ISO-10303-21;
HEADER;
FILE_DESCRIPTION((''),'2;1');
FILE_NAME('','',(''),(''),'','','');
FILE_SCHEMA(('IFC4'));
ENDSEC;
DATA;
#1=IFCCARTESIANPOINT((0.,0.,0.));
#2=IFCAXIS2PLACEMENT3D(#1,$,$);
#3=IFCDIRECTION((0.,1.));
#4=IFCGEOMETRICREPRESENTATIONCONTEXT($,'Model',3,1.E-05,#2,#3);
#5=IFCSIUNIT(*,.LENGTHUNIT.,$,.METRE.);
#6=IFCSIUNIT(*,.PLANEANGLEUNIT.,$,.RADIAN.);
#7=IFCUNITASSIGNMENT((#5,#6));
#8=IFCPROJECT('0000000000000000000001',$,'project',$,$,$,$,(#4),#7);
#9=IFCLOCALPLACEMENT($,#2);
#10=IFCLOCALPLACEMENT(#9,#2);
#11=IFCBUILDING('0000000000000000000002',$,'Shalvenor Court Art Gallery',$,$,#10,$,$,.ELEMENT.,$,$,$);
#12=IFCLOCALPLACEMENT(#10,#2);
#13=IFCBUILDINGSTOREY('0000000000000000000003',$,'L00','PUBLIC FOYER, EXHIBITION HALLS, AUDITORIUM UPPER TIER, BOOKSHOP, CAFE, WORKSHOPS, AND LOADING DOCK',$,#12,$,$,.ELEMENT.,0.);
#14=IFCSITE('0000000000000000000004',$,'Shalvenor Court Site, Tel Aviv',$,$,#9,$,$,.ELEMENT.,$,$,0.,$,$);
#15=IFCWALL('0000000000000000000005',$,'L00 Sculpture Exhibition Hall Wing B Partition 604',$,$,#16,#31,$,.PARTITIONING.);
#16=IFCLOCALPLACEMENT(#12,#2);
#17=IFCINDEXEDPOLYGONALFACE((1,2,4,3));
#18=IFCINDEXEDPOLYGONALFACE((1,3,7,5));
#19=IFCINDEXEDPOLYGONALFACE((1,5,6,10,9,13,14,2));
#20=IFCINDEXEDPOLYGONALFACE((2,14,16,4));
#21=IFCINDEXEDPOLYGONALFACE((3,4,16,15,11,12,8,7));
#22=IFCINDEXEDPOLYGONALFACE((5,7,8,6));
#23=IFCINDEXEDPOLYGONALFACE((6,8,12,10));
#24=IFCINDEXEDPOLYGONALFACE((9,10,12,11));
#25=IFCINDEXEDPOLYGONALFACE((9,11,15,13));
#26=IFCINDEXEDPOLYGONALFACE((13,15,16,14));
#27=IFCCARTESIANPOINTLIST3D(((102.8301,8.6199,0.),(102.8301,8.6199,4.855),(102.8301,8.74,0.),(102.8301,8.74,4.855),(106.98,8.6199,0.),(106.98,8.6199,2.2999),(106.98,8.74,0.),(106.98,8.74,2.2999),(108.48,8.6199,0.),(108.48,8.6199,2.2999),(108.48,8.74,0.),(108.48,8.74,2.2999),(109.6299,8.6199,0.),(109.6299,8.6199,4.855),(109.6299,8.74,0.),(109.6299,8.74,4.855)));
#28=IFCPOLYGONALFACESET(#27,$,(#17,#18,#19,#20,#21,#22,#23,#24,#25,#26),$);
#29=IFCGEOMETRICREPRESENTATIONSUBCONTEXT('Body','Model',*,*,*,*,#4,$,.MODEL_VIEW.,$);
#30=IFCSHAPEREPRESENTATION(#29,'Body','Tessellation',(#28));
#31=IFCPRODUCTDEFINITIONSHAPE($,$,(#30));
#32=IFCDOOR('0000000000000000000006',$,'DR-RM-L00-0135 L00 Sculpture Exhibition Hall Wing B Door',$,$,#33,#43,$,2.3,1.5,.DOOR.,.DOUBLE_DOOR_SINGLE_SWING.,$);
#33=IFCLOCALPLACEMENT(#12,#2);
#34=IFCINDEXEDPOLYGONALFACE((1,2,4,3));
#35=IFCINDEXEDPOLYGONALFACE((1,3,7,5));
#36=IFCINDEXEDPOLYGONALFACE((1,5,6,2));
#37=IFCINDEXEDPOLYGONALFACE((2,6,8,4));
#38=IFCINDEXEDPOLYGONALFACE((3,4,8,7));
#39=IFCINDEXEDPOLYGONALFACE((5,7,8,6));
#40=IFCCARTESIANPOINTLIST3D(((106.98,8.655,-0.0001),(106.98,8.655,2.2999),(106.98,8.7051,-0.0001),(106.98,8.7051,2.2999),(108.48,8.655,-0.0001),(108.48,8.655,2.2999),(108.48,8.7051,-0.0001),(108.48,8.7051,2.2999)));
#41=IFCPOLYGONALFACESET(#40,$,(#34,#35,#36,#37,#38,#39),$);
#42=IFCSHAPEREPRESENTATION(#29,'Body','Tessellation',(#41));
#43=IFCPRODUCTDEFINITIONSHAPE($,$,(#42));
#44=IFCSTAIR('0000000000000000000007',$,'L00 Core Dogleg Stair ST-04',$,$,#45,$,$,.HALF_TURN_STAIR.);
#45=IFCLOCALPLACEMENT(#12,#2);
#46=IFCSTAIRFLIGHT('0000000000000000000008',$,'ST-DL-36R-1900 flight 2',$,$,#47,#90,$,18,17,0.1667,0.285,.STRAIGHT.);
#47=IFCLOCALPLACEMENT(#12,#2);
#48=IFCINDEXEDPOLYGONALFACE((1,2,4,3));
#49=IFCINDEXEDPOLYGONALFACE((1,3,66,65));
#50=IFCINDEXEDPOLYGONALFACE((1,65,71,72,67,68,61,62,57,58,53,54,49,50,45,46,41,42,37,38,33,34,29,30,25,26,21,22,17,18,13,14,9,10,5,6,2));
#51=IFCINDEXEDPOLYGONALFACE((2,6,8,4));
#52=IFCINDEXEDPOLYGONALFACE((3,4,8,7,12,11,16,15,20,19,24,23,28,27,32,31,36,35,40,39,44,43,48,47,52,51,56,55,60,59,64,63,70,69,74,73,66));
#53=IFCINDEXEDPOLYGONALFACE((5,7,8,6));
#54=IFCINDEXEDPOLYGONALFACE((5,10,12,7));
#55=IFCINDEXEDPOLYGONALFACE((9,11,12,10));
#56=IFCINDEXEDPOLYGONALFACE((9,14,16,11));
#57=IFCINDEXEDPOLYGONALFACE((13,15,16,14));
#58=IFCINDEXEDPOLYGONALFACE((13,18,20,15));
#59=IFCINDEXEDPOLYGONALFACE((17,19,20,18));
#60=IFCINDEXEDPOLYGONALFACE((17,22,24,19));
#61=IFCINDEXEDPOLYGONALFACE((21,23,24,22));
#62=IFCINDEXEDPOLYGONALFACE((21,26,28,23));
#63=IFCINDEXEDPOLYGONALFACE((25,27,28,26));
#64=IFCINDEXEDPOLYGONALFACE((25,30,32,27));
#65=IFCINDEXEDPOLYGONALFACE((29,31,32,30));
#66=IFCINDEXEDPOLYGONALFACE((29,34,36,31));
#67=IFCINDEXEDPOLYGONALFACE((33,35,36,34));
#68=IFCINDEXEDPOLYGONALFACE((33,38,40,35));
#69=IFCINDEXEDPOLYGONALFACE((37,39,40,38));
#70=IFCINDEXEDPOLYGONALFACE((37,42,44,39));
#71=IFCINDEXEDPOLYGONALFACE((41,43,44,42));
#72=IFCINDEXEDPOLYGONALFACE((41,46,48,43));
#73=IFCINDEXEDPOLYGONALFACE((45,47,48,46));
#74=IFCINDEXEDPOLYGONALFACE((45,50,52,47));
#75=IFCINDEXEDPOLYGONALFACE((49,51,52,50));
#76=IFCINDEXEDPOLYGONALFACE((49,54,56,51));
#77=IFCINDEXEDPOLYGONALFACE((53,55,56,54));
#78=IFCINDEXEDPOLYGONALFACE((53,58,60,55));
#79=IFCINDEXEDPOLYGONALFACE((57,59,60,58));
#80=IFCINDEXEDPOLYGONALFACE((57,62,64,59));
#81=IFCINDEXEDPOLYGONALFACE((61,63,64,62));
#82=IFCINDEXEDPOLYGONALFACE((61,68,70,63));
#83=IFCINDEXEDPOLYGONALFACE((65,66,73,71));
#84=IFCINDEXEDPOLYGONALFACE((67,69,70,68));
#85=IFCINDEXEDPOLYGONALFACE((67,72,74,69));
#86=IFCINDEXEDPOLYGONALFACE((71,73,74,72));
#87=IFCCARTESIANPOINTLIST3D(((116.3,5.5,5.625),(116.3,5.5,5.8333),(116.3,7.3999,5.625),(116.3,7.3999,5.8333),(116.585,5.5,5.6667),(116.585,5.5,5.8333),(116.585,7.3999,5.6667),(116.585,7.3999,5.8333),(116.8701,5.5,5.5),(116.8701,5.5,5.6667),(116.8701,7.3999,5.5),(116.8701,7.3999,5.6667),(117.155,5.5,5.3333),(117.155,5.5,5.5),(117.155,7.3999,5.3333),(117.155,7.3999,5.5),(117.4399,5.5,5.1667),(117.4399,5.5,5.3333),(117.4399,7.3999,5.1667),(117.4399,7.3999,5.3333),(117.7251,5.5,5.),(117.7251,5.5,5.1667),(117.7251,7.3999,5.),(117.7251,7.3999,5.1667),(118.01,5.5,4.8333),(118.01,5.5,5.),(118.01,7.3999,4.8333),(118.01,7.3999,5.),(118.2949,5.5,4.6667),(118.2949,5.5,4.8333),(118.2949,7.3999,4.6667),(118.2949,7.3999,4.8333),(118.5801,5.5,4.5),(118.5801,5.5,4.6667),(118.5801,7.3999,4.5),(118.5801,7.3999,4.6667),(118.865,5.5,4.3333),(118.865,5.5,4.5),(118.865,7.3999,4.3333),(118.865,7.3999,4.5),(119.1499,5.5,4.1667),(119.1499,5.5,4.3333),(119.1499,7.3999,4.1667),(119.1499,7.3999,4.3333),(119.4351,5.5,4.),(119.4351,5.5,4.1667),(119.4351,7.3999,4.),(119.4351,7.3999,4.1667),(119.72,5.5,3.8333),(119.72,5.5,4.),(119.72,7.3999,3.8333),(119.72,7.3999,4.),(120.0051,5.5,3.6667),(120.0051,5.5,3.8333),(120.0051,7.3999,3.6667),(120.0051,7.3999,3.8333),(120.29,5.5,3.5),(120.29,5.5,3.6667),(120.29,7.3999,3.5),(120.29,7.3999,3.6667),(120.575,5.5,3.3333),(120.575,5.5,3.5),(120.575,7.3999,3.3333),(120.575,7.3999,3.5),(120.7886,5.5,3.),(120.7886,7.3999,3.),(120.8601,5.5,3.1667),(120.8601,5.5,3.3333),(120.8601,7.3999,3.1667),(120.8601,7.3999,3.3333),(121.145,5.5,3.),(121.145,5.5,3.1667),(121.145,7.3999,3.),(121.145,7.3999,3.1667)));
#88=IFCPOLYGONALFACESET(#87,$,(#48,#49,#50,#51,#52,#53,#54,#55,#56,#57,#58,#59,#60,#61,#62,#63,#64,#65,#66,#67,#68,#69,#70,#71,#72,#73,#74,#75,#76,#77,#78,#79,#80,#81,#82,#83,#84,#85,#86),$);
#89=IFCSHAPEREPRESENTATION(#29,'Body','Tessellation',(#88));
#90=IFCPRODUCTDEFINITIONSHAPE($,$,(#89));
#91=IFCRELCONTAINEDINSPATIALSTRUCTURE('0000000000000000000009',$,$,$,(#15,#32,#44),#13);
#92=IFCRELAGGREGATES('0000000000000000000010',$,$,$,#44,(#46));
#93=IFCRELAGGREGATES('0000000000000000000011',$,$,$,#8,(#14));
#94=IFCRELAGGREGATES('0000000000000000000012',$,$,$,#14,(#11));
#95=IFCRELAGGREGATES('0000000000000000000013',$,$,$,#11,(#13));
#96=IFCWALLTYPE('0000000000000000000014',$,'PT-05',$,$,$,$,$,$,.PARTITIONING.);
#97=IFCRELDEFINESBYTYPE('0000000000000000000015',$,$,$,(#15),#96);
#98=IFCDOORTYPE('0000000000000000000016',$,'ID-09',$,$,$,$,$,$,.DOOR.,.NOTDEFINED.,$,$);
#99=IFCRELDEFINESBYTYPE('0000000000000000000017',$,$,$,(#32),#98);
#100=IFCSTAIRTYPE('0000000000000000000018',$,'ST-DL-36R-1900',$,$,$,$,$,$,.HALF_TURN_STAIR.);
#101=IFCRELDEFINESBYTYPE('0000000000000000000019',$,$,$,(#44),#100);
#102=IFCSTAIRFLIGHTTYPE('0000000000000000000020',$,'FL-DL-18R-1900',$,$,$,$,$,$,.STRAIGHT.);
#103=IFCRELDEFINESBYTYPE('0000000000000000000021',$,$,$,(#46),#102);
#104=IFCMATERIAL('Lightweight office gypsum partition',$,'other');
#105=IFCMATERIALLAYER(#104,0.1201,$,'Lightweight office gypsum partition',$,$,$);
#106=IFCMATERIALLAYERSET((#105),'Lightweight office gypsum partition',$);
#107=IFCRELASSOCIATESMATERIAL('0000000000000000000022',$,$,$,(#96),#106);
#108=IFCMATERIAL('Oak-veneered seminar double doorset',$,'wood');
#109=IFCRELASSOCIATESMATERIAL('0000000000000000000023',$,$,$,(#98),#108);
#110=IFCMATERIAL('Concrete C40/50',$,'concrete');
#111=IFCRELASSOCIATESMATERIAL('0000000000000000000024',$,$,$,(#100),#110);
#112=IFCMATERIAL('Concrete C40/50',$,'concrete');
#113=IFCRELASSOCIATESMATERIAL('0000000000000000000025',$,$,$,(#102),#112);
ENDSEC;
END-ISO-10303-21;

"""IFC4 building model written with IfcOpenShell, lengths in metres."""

from ifc_helpers import new_model, si_unit, direction, frame, frame_2d, origin, place, context, subcontext, project, spatial, polyline, rectangle, outline, extrude, material, layer, layer_set, type_object, element, fill, aggregate, save


model = new_model("IFC4")

# Units and contexts
model_context = context("Model", 3, precision=1e-05, world=origin(), true_north=direction((0.0, 1.0)))
body_context = subcontext(model_context, "Body", "Model", "MODEL_VIEW")
ifc_project = project(units=[si_unit("LENGTHUNIT", "METRE"), si_unit("PLANEANGLEUNIT", "RADIAN")], contexts=[model_context])

# Site, building, storey
site_placement = place(None, origin())
site = spatial("IfcSite", under=ifc_project, at=site_placement, Name="Shalvenor Court Site, Tel Aviv", CompositionType="ELEMENT", RefElevation=0.0)
building_placement = place(site_placement, origin())
building = spatial("IfcBuilding", under=site, at=building_placement, Name="Shalvenor Court Art Gallery", CompositionType="ELEMENT")
storey_placement = place(building_placement, origin())
storey = spatial("IfcBuildingStorey", under=building, at=storey_placement, Name="L00", Description="PUBLIC FOYER, EXHIBITION HALLS, AUDITORIUM UPPER TIER, BOOKSHOP, CAFE, WORKSHOPS, AND LOADING DOCK", CompositionType="ELEMENT", Elevation=0.0)

# Wall, opening, door
ifc_material_1 = material(Name="Lightweight office gypsum partition", Category="other")
ifc_layer_1 = layer(ifc_material_1, 0.1201, Name="Lightweight office gypsum partition")
ifc_layer_set_1 = layer_set([ifc_layer_1], Name="Lightweight office gypsum partition")
wall_type_1 = type_object("IfcWallType", Name="PT-05", PredefinedType="PARTITIONING", material=ifc_layer_set_1)
wall_1_placement = place(storey_placement, frame((109.6299, 8.6799, 0.0), z_axis=(0.0, 0.0, 1.0), x_axis=(-1.0, 0.0, 0.0)))
wall_1 = element("IfcWall", 1, at=wall_1_placement, inside=storey, type_object=wall_type_1, Name="L00 Sculpture Exhibition Hall Wing B Partition 604", PredefinedType="PARTITIONING", context=body_context, shape_type="SweptSolid", body=[
    extrude(rectangle(XDim=6.7998, YDim=0.1201, at=frame_2d((3.3999, 0.0))), origin(), (0.0, 0.0, 1.0), 4.855),
])
opening_1_placement = place(wall_1_placement, frame((1.1499, 0.0, 0.0)))
opening_1 = element("IfcOpeningElement", 2, at=opening_1_placement, cuts=wall_1, PredefinedType="OPENING", context=body_context, shape_type="SweptSolid", body=[
    extrude(rectangle(XDim=1.5, YDim=2.3, at=frame_2d((0.75, 1.1499))), frame((0.0, 0.0701, 0.0), z_axis=(0.0, -1.0, 0.0), x_axis=(1.0, 0.0, 0.0)), (0.0, 0.0, 1.0), 0.1401),
])
ifc_material_2 = material(Name="Oak-veneered seminar double doorset", Category="wood")
door_type_1 = type_object("IfcDoorType", Name="ID-09", OperationType="NOTDEFINED", PredefinedType="DOOR", material=ifc_material_2)
door_1_placement = place(opening_1_placement, origin())
door_1 = element("IfcDoor", 3, at=door_1_placement, inside=storey, type_object=door_type_1, Name="DR-RM-L00-0135 L00 Sculpture Exhibition Hall Wing B Door", OperationType="DOUBLE_DOOR_SINGLE_SWING", OverallHeight=2.3, OverallWidth=1.5, PredefinedType="DOOR", context=body_context, shape_type="SweptSolid", body=[
    extrude(rectangle(XDim=1.5, YDim=2.3, at=frame_2d((0.75, 1.1499))), frame((0.0, 0.0249, 0.0), z_axis=(0.0, -1.0, 0.0), x_axis=(1.0, 0.0, 0.0)), (0.0, 0.0, 1.0), 0.05),
])
fill(opening_1, door_1)

# Stair, stair flight
ifc_material_3 = material(Name="Concrete C40/50", Category="concrete")
stair_type = type_object("IfcStairType", Name="ST-DL-36R-1900", PredefinedType="HALF_TURN_STAIR", material=ifc_material_3)
stair_placement = place(storey_placement, origin())
stair = element("IfcStair", 4, at=stair_placement, inside=storey, type_object=stair_type, Name="L00 Core Dogleg Stair ST-04", PredefinedType="HALF_TURN_STAIR")
ifc_material_4 = material(Name="Concrete C40/50", Category="concrete")
stair_flight_type = type_object("IfcStairFlightType", Name="FL-DL-18R-1900", PredefinedType="STRAIGHT", material=ifc_material_4)
stair_flight_placement = place(storey_placement, frame((121.145, 6.45, 3.0), z_axis=(0.0, 0.0, 1.0), x_axis=(-1.0, 0.0, 0.0)))
stair_flight = element("IfcStairFlight", 5, at=stair_flight_placement, type_object=stair_flight_type, Name="ST-DL-36R-1900 flight 2", NumberOfRisers=18, NumberOfTreads=17, PredefinedType="STRAIGHT", RiserHeight=0.1667, TreadLength=0.285, context=body_context, shape_type="SweptSolid", body=[
    extrude(outline(polyline([(0.0, 0.0), (0.0, 0.1667), (0.2849, 0.1667), (0.2849, 0.3333), (0.5701, 0.3333), (0.5701, 0.5), (0.855, 0.5), (0.855, 0.6667), (1.1399, 0.6667), (1.1399, 0.8333), (1.425, 0.8333), (1.425, 1.0), (1.71, 1.0), (1.71, 1.1667), (1.9951, 1.1667), (1.9951, 1.3333), (2.28, 1.3333), (2.28, 1.5), (2.5649, 1.5), (2.5649, 1.6667), (2.8501, 1.6667), (2.8501, 1.8333), (3.135, 1.8333), (3.135, 2.0), (3.4199, 2.0), (3.4199, 2.1667), (3.7051, 2.1667), (3.7051, 2.3333), (3.99, 2.3333), (3.99, 2.5), (4.2749, 2.5), (4.2749, 2.6667), (4.5601, 2.6667), (4.5601, 2.8333), (4.845, 2.8333), (4.845, 3.0), (4.845, 2.625), (0.3564, 0.0), (0.0, 0.0)])), frame((0.0, 0.95, 0.0), z_axis=(0.0, -1.0, 0.0), x_axis=(1.0, 0.0, 0.0)), (0.0, 0.0, 1.0), 1.8999),
])
aggregate(stair, [stair_flight])

save(model, "model.ifc")
